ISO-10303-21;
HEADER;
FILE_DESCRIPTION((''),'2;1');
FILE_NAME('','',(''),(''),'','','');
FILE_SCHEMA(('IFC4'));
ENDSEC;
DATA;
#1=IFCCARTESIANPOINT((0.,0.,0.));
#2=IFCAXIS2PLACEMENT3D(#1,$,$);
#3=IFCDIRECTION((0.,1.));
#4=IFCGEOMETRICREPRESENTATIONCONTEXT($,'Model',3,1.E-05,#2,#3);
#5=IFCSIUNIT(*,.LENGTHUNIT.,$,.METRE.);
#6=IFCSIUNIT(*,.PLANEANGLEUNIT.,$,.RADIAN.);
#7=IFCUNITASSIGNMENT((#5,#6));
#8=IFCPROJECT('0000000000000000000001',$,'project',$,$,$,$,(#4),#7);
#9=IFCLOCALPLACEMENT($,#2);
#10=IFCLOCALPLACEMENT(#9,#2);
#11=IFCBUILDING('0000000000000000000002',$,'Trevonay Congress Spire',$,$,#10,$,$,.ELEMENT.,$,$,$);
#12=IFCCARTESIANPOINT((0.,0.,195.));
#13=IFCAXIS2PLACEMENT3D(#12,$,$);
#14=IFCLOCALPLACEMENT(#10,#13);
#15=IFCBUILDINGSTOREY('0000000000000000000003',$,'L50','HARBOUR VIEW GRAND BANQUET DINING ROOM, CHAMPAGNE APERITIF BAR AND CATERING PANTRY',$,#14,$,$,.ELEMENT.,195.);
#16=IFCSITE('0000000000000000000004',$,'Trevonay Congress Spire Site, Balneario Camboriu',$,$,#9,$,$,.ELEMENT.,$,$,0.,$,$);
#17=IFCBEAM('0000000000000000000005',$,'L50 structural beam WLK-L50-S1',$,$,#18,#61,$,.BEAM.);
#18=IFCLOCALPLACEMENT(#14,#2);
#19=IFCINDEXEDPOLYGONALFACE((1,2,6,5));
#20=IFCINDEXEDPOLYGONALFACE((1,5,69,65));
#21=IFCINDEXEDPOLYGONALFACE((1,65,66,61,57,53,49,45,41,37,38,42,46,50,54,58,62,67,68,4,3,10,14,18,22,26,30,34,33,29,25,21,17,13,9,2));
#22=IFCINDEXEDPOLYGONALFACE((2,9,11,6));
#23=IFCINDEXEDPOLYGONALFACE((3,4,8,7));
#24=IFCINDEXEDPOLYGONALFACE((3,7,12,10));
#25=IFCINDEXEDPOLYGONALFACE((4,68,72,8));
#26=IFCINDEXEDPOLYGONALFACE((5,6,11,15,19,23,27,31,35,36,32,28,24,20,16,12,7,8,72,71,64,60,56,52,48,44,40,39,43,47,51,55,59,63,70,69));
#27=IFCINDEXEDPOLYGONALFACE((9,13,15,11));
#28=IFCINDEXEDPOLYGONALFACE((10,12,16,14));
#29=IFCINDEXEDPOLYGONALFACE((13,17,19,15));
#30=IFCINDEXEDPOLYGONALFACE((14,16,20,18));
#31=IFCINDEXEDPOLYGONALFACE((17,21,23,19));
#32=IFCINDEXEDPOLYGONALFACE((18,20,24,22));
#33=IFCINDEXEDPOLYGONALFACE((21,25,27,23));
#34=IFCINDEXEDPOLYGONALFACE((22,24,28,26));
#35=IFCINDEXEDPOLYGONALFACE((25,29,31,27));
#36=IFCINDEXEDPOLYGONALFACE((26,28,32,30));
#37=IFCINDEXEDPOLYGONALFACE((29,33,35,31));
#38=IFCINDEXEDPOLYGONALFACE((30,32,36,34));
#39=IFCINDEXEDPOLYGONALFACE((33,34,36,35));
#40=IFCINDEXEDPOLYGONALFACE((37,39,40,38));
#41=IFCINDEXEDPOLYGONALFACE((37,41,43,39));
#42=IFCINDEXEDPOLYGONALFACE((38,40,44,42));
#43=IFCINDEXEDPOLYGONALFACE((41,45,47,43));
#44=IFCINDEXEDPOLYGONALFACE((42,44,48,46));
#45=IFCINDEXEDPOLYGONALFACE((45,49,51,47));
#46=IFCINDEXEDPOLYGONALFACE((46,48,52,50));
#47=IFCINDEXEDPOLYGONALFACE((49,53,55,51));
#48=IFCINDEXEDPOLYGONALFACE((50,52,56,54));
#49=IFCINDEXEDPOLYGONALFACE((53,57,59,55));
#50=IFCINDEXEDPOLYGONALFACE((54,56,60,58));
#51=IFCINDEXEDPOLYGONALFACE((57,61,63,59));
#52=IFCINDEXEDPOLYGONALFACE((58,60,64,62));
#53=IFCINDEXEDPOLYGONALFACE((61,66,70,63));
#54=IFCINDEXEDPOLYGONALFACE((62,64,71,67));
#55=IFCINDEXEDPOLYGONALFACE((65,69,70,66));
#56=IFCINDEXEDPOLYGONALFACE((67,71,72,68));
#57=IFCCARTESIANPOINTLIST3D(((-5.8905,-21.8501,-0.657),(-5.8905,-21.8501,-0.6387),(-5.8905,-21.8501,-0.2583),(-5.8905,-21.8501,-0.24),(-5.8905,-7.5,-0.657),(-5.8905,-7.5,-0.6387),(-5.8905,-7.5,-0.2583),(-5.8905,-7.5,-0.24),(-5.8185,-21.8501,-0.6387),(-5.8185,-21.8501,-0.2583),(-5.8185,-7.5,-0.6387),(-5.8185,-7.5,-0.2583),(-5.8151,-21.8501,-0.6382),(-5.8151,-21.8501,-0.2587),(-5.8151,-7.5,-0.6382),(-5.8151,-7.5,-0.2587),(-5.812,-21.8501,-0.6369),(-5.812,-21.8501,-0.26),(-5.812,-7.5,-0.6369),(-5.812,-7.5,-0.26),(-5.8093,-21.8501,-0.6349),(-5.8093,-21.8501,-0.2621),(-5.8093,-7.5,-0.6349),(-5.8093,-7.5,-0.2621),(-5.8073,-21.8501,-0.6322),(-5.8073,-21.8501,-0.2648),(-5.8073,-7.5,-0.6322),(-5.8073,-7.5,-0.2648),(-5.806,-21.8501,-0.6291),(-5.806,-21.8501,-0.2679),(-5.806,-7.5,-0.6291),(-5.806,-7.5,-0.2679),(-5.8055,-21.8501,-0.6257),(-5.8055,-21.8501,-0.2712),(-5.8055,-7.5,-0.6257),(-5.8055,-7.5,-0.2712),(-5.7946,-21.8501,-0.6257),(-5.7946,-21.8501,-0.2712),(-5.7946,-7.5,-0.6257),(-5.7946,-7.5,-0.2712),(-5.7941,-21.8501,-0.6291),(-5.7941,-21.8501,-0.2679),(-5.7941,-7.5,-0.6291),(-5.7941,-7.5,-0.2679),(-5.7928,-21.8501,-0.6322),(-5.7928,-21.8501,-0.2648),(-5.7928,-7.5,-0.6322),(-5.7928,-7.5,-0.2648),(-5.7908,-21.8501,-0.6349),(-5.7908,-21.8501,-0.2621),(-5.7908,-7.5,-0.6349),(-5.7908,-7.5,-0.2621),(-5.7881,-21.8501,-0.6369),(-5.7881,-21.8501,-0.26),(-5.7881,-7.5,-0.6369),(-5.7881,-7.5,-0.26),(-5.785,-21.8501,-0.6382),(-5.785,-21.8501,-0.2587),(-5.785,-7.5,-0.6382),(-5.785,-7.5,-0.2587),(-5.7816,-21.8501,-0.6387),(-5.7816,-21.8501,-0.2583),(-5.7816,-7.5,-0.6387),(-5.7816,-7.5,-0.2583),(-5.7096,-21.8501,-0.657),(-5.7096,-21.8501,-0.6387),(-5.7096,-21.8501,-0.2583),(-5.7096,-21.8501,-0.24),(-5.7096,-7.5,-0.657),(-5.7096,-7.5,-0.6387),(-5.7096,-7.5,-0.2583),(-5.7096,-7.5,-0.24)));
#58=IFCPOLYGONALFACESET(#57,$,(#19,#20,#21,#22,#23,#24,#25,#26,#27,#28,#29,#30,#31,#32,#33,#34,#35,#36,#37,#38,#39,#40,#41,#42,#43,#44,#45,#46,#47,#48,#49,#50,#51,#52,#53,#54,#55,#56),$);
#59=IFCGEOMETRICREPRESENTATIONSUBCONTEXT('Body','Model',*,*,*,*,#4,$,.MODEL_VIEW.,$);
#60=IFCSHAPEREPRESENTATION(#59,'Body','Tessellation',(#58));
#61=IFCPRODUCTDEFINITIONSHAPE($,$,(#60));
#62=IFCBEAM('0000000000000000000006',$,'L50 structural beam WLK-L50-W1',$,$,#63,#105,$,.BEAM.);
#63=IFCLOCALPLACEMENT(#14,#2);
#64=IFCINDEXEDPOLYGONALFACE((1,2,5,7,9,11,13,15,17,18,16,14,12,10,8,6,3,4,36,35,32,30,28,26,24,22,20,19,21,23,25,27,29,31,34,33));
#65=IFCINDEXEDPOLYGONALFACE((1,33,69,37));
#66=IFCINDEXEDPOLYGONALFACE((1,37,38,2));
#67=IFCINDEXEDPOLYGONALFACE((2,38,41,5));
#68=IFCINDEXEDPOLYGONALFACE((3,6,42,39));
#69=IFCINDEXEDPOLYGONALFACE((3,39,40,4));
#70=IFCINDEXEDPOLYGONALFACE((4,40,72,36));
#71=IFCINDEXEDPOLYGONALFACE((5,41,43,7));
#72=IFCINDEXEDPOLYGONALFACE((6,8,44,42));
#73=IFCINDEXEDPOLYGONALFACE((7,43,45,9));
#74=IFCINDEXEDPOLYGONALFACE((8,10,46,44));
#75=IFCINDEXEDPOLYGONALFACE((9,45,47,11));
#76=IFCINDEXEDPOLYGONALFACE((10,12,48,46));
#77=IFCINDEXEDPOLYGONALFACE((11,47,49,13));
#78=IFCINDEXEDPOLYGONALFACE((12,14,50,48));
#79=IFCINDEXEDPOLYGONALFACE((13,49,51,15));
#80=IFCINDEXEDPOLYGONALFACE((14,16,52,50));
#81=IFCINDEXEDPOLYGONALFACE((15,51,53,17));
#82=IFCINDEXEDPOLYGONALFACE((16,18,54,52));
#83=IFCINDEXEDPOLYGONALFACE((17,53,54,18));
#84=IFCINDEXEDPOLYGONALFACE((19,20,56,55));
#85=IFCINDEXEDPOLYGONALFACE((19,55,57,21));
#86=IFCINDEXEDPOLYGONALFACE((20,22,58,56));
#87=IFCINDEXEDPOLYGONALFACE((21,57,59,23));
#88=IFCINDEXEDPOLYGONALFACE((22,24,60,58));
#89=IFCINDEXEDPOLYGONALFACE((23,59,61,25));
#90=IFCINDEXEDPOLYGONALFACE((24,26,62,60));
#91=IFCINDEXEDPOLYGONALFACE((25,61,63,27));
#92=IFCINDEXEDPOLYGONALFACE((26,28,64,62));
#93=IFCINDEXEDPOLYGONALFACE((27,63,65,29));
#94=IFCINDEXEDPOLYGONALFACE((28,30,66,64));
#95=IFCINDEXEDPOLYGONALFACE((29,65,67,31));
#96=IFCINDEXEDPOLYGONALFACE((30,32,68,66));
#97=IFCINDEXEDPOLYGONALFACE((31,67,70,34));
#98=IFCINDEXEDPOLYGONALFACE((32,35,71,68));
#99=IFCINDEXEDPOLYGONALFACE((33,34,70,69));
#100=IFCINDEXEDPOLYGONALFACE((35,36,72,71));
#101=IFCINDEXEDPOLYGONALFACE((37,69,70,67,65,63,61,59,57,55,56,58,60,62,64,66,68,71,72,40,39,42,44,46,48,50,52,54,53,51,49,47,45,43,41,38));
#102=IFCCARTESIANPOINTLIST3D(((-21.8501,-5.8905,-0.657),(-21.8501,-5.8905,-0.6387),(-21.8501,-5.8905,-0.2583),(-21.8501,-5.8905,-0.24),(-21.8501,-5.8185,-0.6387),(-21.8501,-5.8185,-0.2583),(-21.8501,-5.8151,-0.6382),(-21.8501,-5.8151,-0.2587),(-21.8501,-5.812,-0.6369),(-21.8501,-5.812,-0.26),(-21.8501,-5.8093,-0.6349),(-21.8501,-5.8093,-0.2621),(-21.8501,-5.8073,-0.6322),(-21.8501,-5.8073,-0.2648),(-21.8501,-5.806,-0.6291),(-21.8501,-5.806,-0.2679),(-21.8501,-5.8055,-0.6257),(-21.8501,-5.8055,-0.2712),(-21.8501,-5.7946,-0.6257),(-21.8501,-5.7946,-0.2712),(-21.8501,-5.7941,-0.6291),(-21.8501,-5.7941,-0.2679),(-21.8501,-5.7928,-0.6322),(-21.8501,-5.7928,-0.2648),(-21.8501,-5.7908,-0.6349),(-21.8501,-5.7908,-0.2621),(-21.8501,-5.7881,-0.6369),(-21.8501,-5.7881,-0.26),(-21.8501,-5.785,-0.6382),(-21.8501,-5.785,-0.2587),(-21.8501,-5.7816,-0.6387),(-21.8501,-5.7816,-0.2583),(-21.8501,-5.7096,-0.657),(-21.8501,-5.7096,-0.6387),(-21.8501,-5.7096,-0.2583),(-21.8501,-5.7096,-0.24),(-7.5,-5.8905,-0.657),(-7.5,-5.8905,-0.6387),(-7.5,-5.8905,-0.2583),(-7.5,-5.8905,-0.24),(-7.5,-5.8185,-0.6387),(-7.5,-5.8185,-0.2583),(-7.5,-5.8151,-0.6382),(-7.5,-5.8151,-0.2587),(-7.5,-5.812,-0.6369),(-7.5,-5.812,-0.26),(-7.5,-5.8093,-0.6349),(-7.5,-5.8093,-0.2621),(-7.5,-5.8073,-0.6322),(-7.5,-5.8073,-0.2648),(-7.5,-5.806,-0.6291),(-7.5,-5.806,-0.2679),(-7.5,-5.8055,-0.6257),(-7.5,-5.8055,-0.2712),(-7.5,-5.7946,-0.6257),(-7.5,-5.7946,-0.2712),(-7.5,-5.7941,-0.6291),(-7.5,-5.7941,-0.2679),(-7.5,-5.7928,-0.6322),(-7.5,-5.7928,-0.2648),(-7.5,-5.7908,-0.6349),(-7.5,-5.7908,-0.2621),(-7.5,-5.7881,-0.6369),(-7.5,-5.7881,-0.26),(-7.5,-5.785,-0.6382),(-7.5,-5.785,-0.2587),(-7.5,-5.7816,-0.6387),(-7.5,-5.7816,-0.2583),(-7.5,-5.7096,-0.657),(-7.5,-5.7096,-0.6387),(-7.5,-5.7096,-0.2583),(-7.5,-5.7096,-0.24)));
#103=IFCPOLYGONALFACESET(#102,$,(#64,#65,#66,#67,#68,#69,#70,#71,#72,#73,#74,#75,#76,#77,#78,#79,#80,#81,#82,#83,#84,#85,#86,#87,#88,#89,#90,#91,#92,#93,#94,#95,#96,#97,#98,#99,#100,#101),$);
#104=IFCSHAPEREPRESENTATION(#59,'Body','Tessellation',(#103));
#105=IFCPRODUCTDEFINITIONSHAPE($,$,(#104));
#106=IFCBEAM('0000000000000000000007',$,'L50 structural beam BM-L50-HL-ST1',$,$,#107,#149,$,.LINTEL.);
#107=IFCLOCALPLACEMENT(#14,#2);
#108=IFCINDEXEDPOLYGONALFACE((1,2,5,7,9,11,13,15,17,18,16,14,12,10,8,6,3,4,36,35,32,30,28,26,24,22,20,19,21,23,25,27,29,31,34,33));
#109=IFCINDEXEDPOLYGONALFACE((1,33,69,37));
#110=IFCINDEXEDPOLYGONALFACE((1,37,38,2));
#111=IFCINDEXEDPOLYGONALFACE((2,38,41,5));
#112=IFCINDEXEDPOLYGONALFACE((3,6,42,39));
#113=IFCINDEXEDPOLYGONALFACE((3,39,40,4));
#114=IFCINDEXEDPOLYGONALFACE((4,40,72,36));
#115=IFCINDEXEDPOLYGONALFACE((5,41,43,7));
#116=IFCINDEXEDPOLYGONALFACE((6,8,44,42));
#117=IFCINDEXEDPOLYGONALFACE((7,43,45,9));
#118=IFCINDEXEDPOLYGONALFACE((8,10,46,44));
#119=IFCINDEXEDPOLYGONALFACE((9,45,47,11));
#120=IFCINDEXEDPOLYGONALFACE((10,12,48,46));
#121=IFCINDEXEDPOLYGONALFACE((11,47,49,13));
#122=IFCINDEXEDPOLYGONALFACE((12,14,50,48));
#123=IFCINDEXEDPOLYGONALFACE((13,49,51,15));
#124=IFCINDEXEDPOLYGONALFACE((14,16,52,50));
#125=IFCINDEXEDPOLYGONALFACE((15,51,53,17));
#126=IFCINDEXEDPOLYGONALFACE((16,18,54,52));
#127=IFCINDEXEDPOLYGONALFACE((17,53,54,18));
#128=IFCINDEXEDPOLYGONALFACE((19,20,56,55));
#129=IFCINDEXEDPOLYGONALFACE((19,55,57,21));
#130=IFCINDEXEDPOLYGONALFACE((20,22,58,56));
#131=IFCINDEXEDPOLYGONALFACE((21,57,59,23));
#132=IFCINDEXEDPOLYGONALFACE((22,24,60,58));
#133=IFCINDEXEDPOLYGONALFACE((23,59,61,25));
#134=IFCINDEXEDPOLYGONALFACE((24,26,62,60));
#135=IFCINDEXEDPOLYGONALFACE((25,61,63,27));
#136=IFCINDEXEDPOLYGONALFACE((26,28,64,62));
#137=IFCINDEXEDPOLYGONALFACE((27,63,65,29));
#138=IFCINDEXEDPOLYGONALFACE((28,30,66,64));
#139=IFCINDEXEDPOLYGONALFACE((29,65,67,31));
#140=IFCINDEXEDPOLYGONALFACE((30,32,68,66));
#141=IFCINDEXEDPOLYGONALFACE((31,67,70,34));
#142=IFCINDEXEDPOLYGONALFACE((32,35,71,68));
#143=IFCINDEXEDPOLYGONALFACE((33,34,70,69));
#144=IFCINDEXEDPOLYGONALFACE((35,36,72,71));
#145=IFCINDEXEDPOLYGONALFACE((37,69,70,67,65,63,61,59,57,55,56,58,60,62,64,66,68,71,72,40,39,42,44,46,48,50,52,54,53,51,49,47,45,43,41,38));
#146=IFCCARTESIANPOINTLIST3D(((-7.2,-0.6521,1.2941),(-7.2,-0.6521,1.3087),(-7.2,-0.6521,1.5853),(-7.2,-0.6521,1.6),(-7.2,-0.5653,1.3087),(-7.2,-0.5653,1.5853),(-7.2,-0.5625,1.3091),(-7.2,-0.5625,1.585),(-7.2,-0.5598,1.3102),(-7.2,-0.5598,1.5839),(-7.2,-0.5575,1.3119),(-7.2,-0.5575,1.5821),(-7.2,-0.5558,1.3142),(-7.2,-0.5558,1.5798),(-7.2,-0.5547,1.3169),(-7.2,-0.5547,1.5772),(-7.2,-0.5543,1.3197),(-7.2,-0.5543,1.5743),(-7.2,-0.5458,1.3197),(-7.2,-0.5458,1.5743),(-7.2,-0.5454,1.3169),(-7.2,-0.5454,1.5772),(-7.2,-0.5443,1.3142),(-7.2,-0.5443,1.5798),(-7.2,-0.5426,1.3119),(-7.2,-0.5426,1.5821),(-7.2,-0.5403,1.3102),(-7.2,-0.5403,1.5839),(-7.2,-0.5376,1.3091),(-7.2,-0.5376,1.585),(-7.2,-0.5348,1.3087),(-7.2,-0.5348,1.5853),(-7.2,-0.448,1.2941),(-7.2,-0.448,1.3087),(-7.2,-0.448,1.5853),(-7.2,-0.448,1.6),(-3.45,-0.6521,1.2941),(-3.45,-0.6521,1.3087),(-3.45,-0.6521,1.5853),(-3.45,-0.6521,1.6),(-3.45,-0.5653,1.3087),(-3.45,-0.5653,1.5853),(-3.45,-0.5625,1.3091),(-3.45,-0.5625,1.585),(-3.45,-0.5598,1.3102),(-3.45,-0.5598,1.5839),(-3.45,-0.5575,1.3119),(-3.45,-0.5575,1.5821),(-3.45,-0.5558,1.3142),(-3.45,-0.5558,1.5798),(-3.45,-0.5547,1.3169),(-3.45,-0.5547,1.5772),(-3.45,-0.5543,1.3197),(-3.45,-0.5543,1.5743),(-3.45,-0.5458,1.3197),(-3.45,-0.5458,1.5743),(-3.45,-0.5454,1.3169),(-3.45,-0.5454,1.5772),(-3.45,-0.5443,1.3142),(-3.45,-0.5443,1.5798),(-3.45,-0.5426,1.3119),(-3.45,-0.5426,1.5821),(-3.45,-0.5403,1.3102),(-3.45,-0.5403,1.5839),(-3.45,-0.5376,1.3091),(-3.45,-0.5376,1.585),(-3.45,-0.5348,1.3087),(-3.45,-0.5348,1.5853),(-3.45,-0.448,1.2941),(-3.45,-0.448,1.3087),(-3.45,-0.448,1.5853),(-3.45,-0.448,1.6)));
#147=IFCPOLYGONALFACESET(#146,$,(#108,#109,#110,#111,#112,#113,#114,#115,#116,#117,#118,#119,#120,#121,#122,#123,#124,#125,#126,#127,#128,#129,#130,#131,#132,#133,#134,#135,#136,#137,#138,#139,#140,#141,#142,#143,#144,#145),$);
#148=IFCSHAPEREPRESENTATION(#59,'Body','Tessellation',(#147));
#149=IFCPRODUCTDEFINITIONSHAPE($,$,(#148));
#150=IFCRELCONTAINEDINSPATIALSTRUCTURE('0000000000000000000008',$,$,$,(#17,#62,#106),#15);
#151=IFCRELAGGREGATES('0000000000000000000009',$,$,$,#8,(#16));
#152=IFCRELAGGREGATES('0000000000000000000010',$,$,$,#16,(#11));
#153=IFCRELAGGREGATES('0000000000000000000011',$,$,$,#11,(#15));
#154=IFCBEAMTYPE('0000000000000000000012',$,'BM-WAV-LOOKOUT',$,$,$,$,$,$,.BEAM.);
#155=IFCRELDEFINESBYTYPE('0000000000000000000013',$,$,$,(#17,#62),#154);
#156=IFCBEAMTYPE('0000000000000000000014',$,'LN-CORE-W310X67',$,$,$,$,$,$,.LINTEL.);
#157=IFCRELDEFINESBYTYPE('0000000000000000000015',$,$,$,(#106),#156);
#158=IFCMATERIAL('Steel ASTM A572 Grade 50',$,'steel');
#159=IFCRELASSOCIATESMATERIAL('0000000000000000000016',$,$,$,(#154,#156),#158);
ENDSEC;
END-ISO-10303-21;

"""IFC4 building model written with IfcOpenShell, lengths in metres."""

from ifc_helpers import new_model, si_unit, direction, frame, origin, origin_2d, place, context, subcontext, project, spatial, i_section, extrude, material, material_profile, profile_set, type_object, element, save


model = new_model("IFC4")

# Units and contexts
model_context = context("Model", 3, precision=1e-05, world=origin(), true_north=direction((0.0, 1.0)))
body_context = subcontext(model_context, "Body", "Model", "MODEL_VIEW")
ifc_project = project(units=[si_unit("LENGTHUNIT", "METRE"), si_unit("PLANEANGLEUNIT", "RADIAN")], contexts=[model_context])

# Site, building, storey
site_placement = place(None, origin())
site = spatial("IfcSite", under=ifc_project, at=site_placement, Name="Trevonay Congress Spire Site, Balneario Camboriu", CompositionType="ELEMENT", RefElevation=0.0)
building_placement = place(site_placement, origin())
building = spatial("IfcBuilding", under=site, at=building_placement, Name="Trevonay Congress Spire", CompositionType="ELEMENT")
storey_placement = place(building_placement, frame((0.0, 0.0, 195.0)))
storey = spatial("IfcBuildingStorey", under=building, at=storey_placement, Name="L50", Description="HARBOUR VIEW GRAND BANQUET DINING ROOM, CHAMPAGNE APERITIF BAR AND CATERING PANTRY", CompositionType="ELEMENT", Elevation=195.0)

# Shared definitions
ifc_material_1 = material(Name="Steel ASTM A572 Grade 50", Category="steel")

# Beams
ifc_material_profile_1 = material_profile(ifc_material_1, i_section(OverallWidth=0.1809, OverallDepth=0.417, WebThickness=0.011, FlangeThickness=0.0183, FilletRadius=0.0129, at=origin_2d()), Name="W410x85")
ifc_profile_set_1 = profile_set([ifc_material_profile_1], Name="Steel ASTM A572 Grade 50")
beam_type_1 = type_object("IfcBeamType", Name="BM-WAV-LOOKOUT", PredefinedType="BEAM", material=ifc_profile_set_1)
for number, where, z_axis, x_axis, name in (
    (1, (-5.8, -7.5, -0.4485), (0.0, -1.0, 0.0), (1.0, 0.0, 0.0), "L50 structural beam WLK-L50-S1"),
    (2, (-7.5, -5.8, -0.4485), (-1.0, 0.0, 0.0), (0.0, -1.0, 0.0), "L50 structural beam WLK-L50-W1"),
):
    element("IfcBeam", number, at=place(storey_placement, frame(where, z_axis=z_axis, x_axis=x_axis)), inside=storey, type_object=beam_type_1, Name=name, PredefinedType="BEAM", context=body_context, shape_type="SweptSolid", body=[
        extrude(i_section(OverallWidth=0.1809, OverallDepth=0.417, WebThickness=0.011, FlangeThickness=0.0183, FilletRadius=0.0129, at=origin_2d()), origin(), (0.0, 0.0, 1.0), 14.3501),
    ])
ifc_material_profile_2 = material_profile(ifc_material_1, i_section(OverallWidth=0.2041, OverallDepth=0.3059, WebThickness=0.0085, FlangeThickness=0.0146, FilletRadius=0.011, at=origin_2d()), Name="W310x67")
ifc_profile_set_2 = profile_set([ifc_material_profile_2], Name="Steel ASTM A572 Grade 50")
beam_type_2 = type_object("IfcBeamType", Name="LN-CORE-W310X67", PredefinedType="LINTEL", material=ifc_profile_set_2)
beam_1_placement = place(storey_placement, frame((-7.2, -0.55, 1.447), z_axis=(1.0, 0.0, 0.0), x_axis=(0.0, 1.0, 0.0)))
element("IfcBeam", 3, at=beam_1_placement, inside=storey, type_object=beam_type_2, Name="L50 structural beam BM-L50-HL-ST1", PredefinedType="LINTEL", context=body_context, shape_type="SweptSolid", body=[
    extrude(i_section(OverallWidth=0.2041, OverallDepth=0.3059, WebThickness=0.0085, FlangeThickness=0.0146, FilletRadius=0.011, at=origin_2d()), origin(), (0.0, 0.0, 1.0), 3.75),
])

save(model, "model.ifc")
